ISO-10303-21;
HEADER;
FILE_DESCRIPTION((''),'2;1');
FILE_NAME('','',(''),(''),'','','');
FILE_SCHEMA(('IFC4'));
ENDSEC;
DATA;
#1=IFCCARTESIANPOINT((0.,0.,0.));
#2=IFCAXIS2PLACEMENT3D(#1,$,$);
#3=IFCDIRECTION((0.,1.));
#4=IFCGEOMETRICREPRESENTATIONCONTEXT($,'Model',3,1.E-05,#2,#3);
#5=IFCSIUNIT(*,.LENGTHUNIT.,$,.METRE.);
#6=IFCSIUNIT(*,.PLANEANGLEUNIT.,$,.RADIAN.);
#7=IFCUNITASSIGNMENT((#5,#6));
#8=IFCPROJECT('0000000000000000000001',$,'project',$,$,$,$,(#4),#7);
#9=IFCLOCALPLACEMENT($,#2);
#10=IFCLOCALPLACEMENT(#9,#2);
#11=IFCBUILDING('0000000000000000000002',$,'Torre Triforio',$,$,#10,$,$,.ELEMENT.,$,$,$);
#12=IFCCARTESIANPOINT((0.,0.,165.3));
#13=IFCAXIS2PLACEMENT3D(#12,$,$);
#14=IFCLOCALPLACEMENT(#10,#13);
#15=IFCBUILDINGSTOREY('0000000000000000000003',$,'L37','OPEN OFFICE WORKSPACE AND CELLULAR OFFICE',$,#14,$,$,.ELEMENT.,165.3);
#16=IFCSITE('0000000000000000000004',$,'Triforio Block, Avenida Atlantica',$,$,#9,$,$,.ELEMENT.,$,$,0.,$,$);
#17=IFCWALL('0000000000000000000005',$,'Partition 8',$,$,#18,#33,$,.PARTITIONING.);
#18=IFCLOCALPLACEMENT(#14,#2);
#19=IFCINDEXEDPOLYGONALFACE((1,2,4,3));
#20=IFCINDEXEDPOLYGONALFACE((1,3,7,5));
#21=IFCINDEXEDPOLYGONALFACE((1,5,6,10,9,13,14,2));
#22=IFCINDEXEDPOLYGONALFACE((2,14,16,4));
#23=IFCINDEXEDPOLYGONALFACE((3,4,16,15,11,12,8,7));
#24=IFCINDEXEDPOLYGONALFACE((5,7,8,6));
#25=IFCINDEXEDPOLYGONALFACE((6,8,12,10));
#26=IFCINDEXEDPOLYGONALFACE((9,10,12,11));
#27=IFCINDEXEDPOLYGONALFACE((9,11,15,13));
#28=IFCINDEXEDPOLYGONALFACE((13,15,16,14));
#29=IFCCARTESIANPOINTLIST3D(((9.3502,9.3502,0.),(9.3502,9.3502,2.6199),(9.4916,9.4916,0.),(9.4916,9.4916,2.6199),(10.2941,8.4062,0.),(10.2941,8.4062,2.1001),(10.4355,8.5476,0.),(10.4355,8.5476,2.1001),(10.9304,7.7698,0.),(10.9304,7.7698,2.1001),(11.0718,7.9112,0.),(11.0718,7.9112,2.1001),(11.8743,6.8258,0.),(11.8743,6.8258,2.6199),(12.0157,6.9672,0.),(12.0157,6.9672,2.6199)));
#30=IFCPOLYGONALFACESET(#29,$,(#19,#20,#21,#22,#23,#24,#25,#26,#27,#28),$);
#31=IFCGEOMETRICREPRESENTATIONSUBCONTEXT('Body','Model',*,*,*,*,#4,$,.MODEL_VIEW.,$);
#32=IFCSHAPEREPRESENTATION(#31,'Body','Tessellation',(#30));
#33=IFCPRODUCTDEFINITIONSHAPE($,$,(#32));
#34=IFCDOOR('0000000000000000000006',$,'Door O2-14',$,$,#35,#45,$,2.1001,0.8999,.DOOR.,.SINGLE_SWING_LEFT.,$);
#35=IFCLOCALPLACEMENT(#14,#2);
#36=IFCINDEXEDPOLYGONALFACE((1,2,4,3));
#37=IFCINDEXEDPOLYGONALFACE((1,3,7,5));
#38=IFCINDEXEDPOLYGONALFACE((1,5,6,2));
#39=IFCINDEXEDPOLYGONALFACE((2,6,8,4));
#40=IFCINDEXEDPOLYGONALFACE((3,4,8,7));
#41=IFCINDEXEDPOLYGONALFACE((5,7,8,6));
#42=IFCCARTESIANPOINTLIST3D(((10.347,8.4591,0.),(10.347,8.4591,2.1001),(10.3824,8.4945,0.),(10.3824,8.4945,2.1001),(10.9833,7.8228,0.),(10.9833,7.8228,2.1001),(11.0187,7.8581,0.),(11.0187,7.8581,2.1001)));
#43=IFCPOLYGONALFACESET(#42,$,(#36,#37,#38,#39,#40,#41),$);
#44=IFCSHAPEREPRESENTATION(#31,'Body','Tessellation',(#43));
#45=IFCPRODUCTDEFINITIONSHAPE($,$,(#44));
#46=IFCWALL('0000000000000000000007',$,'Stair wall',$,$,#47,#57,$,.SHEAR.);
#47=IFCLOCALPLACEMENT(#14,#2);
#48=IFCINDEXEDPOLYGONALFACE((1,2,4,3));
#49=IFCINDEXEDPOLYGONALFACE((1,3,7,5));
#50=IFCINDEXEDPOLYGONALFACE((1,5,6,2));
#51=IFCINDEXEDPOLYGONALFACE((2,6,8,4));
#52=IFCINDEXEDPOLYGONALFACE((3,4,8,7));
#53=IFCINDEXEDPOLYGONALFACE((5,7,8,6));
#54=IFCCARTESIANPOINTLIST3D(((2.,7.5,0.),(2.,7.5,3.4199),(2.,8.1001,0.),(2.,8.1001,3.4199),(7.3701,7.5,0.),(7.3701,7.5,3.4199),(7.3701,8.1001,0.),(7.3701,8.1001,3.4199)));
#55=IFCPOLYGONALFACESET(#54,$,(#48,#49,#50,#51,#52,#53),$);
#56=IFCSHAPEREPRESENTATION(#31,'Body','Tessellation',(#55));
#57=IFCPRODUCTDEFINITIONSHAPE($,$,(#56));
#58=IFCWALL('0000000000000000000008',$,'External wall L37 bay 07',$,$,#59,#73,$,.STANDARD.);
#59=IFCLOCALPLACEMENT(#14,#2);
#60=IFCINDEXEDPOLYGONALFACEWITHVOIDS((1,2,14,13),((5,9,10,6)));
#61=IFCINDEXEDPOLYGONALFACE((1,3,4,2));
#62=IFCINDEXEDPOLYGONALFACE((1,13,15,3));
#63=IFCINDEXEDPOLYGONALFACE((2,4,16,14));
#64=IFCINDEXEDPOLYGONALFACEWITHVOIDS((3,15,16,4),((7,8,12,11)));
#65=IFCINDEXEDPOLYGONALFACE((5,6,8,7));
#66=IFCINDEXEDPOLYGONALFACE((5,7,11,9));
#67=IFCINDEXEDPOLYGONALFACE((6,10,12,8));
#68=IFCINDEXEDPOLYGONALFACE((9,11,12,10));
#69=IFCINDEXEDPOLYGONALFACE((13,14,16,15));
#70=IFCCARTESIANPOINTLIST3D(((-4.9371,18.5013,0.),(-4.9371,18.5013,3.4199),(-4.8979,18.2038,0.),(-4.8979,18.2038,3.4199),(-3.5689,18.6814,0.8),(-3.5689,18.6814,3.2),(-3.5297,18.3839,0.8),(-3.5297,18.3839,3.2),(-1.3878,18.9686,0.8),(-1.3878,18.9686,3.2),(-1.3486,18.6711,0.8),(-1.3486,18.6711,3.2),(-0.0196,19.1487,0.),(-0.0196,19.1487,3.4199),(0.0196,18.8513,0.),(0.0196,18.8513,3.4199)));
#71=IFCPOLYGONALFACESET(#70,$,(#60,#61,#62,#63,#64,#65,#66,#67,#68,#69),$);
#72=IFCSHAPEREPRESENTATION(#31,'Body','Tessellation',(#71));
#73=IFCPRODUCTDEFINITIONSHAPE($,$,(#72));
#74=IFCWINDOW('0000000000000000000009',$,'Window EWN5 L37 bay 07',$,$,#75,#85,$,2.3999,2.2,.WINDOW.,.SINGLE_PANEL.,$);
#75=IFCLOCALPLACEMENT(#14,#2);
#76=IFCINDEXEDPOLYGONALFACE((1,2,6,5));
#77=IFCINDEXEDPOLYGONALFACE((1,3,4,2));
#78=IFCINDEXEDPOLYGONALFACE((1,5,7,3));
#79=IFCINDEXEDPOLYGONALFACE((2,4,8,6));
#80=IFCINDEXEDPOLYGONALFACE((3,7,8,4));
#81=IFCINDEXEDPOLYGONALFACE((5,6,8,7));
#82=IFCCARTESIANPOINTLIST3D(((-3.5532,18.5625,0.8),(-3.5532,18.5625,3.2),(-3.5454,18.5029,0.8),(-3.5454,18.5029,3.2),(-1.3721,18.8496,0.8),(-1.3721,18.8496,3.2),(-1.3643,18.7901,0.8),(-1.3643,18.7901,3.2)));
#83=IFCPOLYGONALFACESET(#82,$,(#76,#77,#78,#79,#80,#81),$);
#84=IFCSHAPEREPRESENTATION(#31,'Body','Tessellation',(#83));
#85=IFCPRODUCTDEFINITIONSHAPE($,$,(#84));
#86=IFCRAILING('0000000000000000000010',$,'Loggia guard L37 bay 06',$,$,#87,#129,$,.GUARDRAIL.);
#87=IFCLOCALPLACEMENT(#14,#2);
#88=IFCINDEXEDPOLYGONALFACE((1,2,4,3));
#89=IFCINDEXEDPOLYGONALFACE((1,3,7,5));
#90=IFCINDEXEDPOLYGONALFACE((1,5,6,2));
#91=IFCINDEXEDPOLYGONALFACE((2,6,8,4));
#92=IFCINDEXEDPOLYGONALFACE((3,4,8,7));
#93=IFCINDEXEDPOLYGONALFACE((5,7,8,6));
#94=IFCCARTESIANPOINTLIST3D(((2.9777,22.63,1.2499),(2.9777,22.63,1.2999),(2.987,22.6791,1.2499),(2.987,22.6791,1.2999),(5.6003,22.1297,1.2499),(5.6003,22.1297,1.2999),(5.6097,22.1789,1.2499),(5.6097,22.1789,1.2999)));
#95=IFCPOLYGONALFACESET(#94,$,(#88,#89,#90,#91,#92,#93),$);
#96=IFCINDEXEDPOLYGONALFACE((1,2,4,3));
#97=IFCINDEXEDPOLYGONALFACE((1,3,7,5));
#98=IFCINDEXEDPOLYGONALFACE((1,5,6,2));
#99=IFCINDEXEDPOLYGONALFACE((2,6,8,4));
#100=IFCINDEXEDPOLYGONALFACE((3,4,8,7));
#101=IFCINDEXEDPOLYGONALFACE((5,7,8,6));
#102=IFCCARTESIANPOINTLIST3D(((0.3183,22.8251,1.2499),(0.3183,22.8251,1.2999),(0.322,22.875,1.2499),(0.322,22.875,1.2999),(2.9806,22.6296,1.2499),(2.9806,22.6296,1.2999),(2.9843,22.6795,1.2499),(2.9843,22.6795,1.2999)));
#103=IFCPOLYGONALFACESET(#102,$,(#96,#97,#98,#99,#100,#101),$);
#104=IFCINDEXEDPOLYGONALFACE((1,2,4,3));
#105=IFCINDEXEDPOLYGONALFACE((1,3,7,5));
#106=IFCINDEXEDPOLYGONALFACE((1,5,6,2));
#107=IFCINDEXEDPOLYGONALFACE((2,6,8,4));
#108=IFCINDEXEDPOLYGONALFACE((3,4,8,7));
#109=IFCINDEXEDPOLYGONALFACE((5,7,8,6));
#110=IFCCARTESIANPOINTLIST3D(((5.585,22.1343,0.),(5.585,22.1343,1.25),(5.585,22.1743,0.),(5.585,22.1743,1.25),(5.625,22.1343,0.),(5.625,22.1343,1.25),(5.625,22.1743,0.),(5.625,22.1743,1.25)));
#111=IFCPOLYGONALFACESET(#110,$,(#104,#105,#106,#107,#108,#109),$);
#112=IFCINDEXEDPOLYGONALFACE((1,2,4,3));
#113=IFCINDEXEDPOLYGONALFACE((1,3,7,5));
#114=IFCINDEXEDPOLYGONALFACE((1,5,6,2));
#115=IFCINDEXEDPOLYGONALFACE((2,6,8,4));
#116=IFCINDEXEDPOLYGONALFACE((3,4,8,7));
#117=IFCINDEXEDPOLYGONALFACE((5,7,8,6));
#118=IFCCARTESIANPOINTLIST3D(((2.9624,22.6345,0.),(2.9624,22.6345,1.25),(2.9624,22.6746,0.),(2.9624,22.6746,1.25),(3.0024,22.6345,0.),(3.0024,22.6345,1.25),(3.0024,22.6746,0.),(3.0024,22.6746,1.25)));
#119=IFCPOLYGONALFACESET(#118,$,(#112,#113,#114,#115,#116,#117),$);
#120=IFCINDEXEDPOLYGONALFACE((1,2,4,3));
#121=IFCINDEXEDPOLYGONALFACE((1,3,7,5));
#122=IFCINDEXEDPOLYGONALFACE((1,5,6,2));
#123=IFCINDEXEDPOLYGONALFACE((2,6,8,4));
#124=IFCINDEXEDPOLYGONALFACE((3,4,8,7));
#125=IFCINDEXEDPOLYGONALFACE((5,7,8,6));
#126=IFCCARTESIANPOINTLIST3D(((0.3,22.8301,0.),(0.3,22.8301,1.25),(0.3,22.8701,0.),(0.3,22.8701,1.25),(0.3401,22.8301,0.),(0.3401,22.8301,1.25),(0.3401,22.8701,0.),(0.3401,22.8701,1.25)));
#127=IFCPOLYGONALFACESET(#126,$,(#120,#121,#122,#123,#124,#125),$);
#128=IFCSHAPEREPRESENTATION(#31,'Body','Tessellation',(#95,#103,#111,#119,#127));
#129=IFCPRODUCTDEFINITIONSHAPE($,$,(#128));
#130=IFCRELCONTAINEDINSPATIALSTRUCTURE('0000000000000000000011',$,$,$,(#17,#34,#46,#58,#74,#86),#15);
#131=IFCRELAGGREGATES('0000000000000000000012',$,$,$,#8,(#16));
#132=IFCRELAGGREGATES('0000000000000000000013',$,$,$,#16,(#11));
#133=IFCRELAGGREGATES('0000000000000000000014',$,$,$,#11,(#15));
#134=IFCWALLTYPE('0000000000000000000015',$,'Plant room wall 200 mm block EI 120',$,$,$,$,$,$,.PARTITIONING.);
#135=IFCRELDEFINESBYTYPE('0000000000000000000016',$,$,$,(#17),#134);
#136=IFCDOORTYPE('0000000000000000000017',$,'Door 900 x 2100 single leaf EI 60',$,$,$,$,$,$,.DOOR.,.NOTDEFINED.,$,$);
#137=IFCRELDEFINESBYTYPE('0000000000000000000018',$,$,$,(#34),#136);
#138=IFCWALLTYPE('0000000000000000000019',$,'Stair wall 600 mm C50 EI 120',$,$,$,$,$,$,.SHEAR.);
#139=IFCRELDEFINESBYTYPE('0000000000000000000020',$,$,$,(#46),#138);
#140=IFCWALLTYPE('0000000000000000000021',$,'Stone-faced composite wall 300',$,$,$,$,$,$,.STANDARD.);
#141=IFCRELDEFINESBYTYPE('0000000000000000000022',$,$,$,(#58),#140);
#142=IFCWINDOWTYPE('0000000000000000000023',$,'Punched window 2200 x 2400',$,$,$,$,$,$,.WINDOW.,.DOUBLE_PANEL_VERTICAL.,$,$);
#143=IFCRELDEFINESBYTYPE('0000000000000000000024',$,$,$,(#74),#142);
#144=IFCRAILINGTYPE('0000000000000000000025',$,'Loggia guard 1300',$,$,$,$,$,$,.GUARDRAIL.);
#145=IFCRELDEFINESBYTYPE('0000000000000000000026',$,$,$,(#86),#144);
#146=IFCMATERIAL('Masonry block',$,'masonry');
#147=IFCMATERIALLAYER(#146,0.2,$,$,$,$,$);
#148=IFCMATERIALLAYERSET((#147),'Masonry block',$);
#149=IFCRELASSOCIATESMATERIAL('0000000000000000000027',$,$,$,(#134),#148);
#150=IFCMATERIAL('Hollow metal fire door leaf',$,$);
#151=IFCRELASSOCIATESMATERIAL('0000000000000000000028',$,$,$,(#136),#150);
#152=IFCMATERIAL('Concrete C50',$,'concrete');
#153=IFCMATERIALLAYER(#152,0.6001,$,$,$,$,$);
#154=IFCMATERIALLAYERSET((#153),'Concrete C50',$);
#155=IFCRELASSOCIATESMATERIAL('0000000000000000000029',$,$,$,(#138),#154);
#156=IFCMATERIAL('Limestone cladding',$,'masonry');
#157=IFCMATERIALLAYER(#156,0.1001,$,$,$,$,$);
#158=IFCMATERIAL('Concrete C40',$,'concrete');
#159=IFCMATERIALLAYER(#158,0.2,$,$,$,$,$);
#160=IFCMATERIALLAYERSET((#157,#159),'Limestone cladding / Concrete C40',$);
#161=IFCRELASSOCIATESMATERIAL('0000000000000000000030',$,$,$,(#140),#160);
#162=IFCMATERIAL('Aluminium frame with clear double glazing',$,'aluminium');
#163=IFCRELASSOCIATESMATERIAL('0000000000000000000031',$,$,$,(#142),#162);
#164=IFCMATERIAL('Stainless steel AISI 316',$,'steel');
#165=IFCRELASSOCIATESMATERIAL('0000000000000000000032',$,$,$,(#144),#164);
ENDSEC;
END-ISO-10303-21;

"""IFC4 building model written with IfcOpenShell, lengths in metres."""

from ifc_helpers import new_model, si_unit, direction, frame, frame_2d, origin, origin_2d, place, context, subcontext, project, spatial, rectangle, extrude, material, layer, layer_set, type_object, element, fill, save


model = new_model("IFC4")

# Units and contexts
model_context = context("Model", 3, precision=1e-05, world=origin(), true_north=direction((0.0, 1.0)))
body_context = subcontext(model_context, "Body", "Model", "MODEL_VIEW")
ifc_project = project(units=[si_unit("LENGTHUNIT", "METRE"), si_unit("PLANEANGLEUNIT", "RADIAN")], contexts=[model_context])

# Site, building, storey
site_placement = place(None, origin())
site = spatial("IfcSite", under=ifc_project, at=site_placement, Name="Triforio Block, Avenida Atlantica", CompositionType="ELEMENT", RefElevation=0.0)
building_placement = place(site_placement, origin())
building = spatial("IfcBuilding", under=site, at=building_placement, Name="Torre Triforio", CompositionType="ELEMENT")
storey_placement = place(building_placement, frame((0.0, 0.0, 165.3)))
storey = spatial("IfcBuildingStorey", under=building, at=storey_placement, Name="L37", Description="OPEN OFFICE WORKSPACE AND CELLULAR OFFICE", CompositionType="ELEMENT", Elevation=165.3)

# Shared definitions
ifc_material_1 = material(Name="Concrete C50", Category="concrete")

# Shared definitions
ifc_material_2 = material(Name="Concrete C40", Category="concrete")

# Shared definitions
ifc_material_3 = material(Name="Hollow metal fire door leaf")

# Wall, opening, door
ifc_material_4 = material(Name="Masonry block", Category="masonry")
ifc_layer_1 = layer(ifc_material_4, 0.2)
ifc_layer_set_1 = layer_set([ifc_layer_1], Name="Masonry block")
wall_type_1 = type_object("IfcWallType", Name="Plant room wall 200 mm block EI 120", PredefinedType="PARTITIONING", material=ifc_layer_set_1)
wall_1_placement = place(storey_placement, frame((9.4209, 9.4209, 0.0), z_axis=(0.0, 0.0, 1.0), x_axis=(0.707073, -0.707141, 0.0)))
wall_1 = element("IfcWall", 1, at=wall_1_placement, inside=storey, type_object=wall_type_1, Name="Partition 8", PredefinedType="PARTITIONING", context=body_context, shape_type="SweptSolid", body=[
    extrude(rectangle(XDim=3.5698, YDim=0.2, at=frame_2d((1.7849, 0.0))), origin(), (0.0, 0.0, 1.0), 2.6199),
])
opening_1_placement = place(wall_1_placement, frame((1.335, 0.0, 0.0)))
opening_1 = element("IfcOpeningElement", 2, at=opening_1_placement, cuts=wall_1, PredefinedType="OPENING", context=body_context, shape_type="SweptSolid", body=[
    extrude(rectangle(XDim=0.8999, YDim=2.1001, at=frame_2d((0.45, 1.05))), frame((0.0, 0.1099, 0.0), z_axis=(0.0, -1.0, 0.0), x_axis=(1.0, 0.0, 0.0)), (0.0, 0.0, 1.0), 0.22),
])
door_type_1 = type_object("IfcDoorType", Name="Door 900 x 2100 single leaf EI 60", OperationType="NOTDEFINED", PredefinedType="DOOR", material=ifc_material_3)
door_1_placement = place(opening_1_placement, origin())
door_1 = element("IfcDoor", 3, at=door_1_placement, inside=storey, type_object=door_type_1, Name="Door O2-14", OperationType="SINGLE_SWING_LEFT", OverallHeight=2.1001, OverallWidth=0.8999, PredefinedType="DOOR", context=body_context, shape_type="SweptSolid", body=[
    extrude(rectangle(XDim=0.8999, YDim=2.1001, at=frame_2d((0.45, 1.05))), frame((0.0, 0.0249, 0.0), z_axis=(0.0, -1.0, 0.0), x_axis=(1.0, 0.0, 0.0)), (0.0, 0.0, 1.0), 0.05),
])
fill(opening_1, door_1)

# Wall
ifc_layer_2 = layer(ifc_material_1, 0.6001)
ifc_layer_set_2 = layer_set([ifc_layer_2], Name="Concrete C50")
wall_type_2 = type_object("IfcWallType", Name="Stair wall 600 mm C50 EI 120", PredefinedType="SHEAR", material=ifc_layer_set_2)
wall_2_placement = place(storey_placement, frame((2.0, 7.8, 0.0), z_axis=(0.0, 0.0, 1.0), x_axis=(1.0, 0.0, 0.0)))
element("IfcWall", 4, at=wall_2_placement, inside=storey, type_object=wall_type_2, Name="Stair wall", PredefinedType="SHEAR", context=body_context, shape_type="SweptSolid", body=[
    extrude(rectangle(XDim=5.3701, YDim=0.6001, at=frame_2d((2.6851, 0.0))), origin(), (0.0, 0.0, 1.0), 3.4199),
])

# Shared definitions
ifc_material_5 = material(Name="Limestone cladding", Category="masonry")
ifc_layer_3 = layer(ifc_material_5, 0.1001)
ifc_layer_4 = layer(ifc_material_2, 0.2)
ifc_layer_set_3 = layer_set([ifc_layer_3, ifc_layer_4], Name="Limestone cladding / Concrete C40")
wall_type_3 = type_object("IfcWallType", Name="Stone-faced composite wall 300", PredefinedType="STANDARD", material=ifc_layer_set_3)
ifc_material_6 = material(Name="Aluminium frame with clear double glazing", Category="aluminium")

# Wall, opening, window
wall_3_placement = place(storey_placement, frame((0.0, 19.0, 0.0), z_axis=(0.0, 0.0, 1.0), x_axis=(-0.991443, -0.130539, 0.0)))
wall_3 = element("IfcWall", 5, at=wall_3_placement, inside=storey, type_object=wall_type_3, Name="External wall L37 bay 07", PredefinedType="STANDARD", context=body_context, shape_type="SweptSolid", body=[
    extrude(rectangle(XDim=4.96, YDim=0.3, at=frame_2d((2.48, 0.0))), origin(), (0.0, 0.0, 1.0), 3.4199),
])
opening_2_placement = place(wall_3_placement, frame((1.3799, 0.0, 0.8)))
opening_2 = element("IfcOpeningElement", 6, at=opening_2_placement, cuts=wall_3, PredefinedType="OPENING", context=body_context, shape_type="SweptSolid", body=[
    extrude(rectangle(XDim=2.2, YDim=2.3999, at=frame_2d((1.1001, 1.2))), frame((0.0, 0.1599, 0.0), z_axis=(0.0, -1.0, 0.0), x_axis=(1.0, 0.0, 0.0)), (0.0, 0.0, 1.0), 0.3201),
])
window_type_1 = type_object("IfcWindowType", Name="Punched window 2200 x 2400", PartitioningType="DOUBLE_PANEL_VERTICAL", PredefinedType="WINDOW", material=ifc_material_6)
window_1_placement = place(opening_2_placement, origin())
window_1 = element("IfcWindow", 7, at=window_1_placement, inside=storey, type_object=window_type_1, Name="Window EWN5 L37 bay 07", OverallHeight=2.3999, OverallWidth=2.2, PartitioningType="SINGLE_PANEL", PredefinedType="WINDOW", context=body_context, shape_type="SweptSolid", body=[
    extrude(rectangle(XDim=2.2, YDim=2.3999, at=frame_2d((1.1001, 1.2))), frame((0.0, 0.03, 0.0), z_axis=(0.0, -1.0, 0.0), x_axis=(1.0, 0.0, 0.0)), (0.0, 0.0, 1.0), 0.0601),
])
fill(opening_2, window_1)

# Railing
ifc_material_7 = material(Name="Stainless steel AISI 316", Category="steel")
railing_type = type_object("IfcRailingType", Name="Loggia guard 1300", PredefinedType="GUARDRAIL", material=ifc_material_7)
railing_placement = place(storey_placement, frame((5.605, 22.1543, 0.0)))
element("IfcRailing", 8, at=railing_placement, inside=storey, type_object=railing_type, Name="Loggia guard L37 bay 06", PredefinedType="GUARDRAIL", context=body_context, shape_type="SweptSolid", body=[
    extrude(rectangle(XDim=0.05, YDim=0.05, at=origin_2d()), frame((0.0, 0.0, 1.2749), z_axis=(-0.98229, 0.187368, 0.0), x_axis=(-0.187368, -0.98229, 0.0)), (0.0, 0.0, 1.0), 2.6699),
    extrude(rectangle(XDim=0.05, YDim=0.05, at=origin_2d()), frame((-2.6226, 0.5002, 1.2749), z_axis=(-0.997313, 0.073255, 0.0), x_axis=(-0.073255, -0.997313, 0.0)), (0.0, 0.0, 1.0), 2.6694),
    extrude(rectangle(XDim=0.04, YDim=0.04, at=origin_2d()), origin(), (0.0, 0.0, 1.0), 1.25),
    extrude(rectangle(XDim=0.04, YDim=0.04, at=origin_2d()), frame((-2.6226, 0.5002, 0.0)), (0.0, 0.0, 1.0), 1.25),
    extrude(rectangle(XDim=0.04, YDim=0.04, at=origin_2d()), frame((-5.2849, 0.6958, 0.0)), (0.0, 0.0, 1.0), 1.25),
])

save(model, "model.ifc")
